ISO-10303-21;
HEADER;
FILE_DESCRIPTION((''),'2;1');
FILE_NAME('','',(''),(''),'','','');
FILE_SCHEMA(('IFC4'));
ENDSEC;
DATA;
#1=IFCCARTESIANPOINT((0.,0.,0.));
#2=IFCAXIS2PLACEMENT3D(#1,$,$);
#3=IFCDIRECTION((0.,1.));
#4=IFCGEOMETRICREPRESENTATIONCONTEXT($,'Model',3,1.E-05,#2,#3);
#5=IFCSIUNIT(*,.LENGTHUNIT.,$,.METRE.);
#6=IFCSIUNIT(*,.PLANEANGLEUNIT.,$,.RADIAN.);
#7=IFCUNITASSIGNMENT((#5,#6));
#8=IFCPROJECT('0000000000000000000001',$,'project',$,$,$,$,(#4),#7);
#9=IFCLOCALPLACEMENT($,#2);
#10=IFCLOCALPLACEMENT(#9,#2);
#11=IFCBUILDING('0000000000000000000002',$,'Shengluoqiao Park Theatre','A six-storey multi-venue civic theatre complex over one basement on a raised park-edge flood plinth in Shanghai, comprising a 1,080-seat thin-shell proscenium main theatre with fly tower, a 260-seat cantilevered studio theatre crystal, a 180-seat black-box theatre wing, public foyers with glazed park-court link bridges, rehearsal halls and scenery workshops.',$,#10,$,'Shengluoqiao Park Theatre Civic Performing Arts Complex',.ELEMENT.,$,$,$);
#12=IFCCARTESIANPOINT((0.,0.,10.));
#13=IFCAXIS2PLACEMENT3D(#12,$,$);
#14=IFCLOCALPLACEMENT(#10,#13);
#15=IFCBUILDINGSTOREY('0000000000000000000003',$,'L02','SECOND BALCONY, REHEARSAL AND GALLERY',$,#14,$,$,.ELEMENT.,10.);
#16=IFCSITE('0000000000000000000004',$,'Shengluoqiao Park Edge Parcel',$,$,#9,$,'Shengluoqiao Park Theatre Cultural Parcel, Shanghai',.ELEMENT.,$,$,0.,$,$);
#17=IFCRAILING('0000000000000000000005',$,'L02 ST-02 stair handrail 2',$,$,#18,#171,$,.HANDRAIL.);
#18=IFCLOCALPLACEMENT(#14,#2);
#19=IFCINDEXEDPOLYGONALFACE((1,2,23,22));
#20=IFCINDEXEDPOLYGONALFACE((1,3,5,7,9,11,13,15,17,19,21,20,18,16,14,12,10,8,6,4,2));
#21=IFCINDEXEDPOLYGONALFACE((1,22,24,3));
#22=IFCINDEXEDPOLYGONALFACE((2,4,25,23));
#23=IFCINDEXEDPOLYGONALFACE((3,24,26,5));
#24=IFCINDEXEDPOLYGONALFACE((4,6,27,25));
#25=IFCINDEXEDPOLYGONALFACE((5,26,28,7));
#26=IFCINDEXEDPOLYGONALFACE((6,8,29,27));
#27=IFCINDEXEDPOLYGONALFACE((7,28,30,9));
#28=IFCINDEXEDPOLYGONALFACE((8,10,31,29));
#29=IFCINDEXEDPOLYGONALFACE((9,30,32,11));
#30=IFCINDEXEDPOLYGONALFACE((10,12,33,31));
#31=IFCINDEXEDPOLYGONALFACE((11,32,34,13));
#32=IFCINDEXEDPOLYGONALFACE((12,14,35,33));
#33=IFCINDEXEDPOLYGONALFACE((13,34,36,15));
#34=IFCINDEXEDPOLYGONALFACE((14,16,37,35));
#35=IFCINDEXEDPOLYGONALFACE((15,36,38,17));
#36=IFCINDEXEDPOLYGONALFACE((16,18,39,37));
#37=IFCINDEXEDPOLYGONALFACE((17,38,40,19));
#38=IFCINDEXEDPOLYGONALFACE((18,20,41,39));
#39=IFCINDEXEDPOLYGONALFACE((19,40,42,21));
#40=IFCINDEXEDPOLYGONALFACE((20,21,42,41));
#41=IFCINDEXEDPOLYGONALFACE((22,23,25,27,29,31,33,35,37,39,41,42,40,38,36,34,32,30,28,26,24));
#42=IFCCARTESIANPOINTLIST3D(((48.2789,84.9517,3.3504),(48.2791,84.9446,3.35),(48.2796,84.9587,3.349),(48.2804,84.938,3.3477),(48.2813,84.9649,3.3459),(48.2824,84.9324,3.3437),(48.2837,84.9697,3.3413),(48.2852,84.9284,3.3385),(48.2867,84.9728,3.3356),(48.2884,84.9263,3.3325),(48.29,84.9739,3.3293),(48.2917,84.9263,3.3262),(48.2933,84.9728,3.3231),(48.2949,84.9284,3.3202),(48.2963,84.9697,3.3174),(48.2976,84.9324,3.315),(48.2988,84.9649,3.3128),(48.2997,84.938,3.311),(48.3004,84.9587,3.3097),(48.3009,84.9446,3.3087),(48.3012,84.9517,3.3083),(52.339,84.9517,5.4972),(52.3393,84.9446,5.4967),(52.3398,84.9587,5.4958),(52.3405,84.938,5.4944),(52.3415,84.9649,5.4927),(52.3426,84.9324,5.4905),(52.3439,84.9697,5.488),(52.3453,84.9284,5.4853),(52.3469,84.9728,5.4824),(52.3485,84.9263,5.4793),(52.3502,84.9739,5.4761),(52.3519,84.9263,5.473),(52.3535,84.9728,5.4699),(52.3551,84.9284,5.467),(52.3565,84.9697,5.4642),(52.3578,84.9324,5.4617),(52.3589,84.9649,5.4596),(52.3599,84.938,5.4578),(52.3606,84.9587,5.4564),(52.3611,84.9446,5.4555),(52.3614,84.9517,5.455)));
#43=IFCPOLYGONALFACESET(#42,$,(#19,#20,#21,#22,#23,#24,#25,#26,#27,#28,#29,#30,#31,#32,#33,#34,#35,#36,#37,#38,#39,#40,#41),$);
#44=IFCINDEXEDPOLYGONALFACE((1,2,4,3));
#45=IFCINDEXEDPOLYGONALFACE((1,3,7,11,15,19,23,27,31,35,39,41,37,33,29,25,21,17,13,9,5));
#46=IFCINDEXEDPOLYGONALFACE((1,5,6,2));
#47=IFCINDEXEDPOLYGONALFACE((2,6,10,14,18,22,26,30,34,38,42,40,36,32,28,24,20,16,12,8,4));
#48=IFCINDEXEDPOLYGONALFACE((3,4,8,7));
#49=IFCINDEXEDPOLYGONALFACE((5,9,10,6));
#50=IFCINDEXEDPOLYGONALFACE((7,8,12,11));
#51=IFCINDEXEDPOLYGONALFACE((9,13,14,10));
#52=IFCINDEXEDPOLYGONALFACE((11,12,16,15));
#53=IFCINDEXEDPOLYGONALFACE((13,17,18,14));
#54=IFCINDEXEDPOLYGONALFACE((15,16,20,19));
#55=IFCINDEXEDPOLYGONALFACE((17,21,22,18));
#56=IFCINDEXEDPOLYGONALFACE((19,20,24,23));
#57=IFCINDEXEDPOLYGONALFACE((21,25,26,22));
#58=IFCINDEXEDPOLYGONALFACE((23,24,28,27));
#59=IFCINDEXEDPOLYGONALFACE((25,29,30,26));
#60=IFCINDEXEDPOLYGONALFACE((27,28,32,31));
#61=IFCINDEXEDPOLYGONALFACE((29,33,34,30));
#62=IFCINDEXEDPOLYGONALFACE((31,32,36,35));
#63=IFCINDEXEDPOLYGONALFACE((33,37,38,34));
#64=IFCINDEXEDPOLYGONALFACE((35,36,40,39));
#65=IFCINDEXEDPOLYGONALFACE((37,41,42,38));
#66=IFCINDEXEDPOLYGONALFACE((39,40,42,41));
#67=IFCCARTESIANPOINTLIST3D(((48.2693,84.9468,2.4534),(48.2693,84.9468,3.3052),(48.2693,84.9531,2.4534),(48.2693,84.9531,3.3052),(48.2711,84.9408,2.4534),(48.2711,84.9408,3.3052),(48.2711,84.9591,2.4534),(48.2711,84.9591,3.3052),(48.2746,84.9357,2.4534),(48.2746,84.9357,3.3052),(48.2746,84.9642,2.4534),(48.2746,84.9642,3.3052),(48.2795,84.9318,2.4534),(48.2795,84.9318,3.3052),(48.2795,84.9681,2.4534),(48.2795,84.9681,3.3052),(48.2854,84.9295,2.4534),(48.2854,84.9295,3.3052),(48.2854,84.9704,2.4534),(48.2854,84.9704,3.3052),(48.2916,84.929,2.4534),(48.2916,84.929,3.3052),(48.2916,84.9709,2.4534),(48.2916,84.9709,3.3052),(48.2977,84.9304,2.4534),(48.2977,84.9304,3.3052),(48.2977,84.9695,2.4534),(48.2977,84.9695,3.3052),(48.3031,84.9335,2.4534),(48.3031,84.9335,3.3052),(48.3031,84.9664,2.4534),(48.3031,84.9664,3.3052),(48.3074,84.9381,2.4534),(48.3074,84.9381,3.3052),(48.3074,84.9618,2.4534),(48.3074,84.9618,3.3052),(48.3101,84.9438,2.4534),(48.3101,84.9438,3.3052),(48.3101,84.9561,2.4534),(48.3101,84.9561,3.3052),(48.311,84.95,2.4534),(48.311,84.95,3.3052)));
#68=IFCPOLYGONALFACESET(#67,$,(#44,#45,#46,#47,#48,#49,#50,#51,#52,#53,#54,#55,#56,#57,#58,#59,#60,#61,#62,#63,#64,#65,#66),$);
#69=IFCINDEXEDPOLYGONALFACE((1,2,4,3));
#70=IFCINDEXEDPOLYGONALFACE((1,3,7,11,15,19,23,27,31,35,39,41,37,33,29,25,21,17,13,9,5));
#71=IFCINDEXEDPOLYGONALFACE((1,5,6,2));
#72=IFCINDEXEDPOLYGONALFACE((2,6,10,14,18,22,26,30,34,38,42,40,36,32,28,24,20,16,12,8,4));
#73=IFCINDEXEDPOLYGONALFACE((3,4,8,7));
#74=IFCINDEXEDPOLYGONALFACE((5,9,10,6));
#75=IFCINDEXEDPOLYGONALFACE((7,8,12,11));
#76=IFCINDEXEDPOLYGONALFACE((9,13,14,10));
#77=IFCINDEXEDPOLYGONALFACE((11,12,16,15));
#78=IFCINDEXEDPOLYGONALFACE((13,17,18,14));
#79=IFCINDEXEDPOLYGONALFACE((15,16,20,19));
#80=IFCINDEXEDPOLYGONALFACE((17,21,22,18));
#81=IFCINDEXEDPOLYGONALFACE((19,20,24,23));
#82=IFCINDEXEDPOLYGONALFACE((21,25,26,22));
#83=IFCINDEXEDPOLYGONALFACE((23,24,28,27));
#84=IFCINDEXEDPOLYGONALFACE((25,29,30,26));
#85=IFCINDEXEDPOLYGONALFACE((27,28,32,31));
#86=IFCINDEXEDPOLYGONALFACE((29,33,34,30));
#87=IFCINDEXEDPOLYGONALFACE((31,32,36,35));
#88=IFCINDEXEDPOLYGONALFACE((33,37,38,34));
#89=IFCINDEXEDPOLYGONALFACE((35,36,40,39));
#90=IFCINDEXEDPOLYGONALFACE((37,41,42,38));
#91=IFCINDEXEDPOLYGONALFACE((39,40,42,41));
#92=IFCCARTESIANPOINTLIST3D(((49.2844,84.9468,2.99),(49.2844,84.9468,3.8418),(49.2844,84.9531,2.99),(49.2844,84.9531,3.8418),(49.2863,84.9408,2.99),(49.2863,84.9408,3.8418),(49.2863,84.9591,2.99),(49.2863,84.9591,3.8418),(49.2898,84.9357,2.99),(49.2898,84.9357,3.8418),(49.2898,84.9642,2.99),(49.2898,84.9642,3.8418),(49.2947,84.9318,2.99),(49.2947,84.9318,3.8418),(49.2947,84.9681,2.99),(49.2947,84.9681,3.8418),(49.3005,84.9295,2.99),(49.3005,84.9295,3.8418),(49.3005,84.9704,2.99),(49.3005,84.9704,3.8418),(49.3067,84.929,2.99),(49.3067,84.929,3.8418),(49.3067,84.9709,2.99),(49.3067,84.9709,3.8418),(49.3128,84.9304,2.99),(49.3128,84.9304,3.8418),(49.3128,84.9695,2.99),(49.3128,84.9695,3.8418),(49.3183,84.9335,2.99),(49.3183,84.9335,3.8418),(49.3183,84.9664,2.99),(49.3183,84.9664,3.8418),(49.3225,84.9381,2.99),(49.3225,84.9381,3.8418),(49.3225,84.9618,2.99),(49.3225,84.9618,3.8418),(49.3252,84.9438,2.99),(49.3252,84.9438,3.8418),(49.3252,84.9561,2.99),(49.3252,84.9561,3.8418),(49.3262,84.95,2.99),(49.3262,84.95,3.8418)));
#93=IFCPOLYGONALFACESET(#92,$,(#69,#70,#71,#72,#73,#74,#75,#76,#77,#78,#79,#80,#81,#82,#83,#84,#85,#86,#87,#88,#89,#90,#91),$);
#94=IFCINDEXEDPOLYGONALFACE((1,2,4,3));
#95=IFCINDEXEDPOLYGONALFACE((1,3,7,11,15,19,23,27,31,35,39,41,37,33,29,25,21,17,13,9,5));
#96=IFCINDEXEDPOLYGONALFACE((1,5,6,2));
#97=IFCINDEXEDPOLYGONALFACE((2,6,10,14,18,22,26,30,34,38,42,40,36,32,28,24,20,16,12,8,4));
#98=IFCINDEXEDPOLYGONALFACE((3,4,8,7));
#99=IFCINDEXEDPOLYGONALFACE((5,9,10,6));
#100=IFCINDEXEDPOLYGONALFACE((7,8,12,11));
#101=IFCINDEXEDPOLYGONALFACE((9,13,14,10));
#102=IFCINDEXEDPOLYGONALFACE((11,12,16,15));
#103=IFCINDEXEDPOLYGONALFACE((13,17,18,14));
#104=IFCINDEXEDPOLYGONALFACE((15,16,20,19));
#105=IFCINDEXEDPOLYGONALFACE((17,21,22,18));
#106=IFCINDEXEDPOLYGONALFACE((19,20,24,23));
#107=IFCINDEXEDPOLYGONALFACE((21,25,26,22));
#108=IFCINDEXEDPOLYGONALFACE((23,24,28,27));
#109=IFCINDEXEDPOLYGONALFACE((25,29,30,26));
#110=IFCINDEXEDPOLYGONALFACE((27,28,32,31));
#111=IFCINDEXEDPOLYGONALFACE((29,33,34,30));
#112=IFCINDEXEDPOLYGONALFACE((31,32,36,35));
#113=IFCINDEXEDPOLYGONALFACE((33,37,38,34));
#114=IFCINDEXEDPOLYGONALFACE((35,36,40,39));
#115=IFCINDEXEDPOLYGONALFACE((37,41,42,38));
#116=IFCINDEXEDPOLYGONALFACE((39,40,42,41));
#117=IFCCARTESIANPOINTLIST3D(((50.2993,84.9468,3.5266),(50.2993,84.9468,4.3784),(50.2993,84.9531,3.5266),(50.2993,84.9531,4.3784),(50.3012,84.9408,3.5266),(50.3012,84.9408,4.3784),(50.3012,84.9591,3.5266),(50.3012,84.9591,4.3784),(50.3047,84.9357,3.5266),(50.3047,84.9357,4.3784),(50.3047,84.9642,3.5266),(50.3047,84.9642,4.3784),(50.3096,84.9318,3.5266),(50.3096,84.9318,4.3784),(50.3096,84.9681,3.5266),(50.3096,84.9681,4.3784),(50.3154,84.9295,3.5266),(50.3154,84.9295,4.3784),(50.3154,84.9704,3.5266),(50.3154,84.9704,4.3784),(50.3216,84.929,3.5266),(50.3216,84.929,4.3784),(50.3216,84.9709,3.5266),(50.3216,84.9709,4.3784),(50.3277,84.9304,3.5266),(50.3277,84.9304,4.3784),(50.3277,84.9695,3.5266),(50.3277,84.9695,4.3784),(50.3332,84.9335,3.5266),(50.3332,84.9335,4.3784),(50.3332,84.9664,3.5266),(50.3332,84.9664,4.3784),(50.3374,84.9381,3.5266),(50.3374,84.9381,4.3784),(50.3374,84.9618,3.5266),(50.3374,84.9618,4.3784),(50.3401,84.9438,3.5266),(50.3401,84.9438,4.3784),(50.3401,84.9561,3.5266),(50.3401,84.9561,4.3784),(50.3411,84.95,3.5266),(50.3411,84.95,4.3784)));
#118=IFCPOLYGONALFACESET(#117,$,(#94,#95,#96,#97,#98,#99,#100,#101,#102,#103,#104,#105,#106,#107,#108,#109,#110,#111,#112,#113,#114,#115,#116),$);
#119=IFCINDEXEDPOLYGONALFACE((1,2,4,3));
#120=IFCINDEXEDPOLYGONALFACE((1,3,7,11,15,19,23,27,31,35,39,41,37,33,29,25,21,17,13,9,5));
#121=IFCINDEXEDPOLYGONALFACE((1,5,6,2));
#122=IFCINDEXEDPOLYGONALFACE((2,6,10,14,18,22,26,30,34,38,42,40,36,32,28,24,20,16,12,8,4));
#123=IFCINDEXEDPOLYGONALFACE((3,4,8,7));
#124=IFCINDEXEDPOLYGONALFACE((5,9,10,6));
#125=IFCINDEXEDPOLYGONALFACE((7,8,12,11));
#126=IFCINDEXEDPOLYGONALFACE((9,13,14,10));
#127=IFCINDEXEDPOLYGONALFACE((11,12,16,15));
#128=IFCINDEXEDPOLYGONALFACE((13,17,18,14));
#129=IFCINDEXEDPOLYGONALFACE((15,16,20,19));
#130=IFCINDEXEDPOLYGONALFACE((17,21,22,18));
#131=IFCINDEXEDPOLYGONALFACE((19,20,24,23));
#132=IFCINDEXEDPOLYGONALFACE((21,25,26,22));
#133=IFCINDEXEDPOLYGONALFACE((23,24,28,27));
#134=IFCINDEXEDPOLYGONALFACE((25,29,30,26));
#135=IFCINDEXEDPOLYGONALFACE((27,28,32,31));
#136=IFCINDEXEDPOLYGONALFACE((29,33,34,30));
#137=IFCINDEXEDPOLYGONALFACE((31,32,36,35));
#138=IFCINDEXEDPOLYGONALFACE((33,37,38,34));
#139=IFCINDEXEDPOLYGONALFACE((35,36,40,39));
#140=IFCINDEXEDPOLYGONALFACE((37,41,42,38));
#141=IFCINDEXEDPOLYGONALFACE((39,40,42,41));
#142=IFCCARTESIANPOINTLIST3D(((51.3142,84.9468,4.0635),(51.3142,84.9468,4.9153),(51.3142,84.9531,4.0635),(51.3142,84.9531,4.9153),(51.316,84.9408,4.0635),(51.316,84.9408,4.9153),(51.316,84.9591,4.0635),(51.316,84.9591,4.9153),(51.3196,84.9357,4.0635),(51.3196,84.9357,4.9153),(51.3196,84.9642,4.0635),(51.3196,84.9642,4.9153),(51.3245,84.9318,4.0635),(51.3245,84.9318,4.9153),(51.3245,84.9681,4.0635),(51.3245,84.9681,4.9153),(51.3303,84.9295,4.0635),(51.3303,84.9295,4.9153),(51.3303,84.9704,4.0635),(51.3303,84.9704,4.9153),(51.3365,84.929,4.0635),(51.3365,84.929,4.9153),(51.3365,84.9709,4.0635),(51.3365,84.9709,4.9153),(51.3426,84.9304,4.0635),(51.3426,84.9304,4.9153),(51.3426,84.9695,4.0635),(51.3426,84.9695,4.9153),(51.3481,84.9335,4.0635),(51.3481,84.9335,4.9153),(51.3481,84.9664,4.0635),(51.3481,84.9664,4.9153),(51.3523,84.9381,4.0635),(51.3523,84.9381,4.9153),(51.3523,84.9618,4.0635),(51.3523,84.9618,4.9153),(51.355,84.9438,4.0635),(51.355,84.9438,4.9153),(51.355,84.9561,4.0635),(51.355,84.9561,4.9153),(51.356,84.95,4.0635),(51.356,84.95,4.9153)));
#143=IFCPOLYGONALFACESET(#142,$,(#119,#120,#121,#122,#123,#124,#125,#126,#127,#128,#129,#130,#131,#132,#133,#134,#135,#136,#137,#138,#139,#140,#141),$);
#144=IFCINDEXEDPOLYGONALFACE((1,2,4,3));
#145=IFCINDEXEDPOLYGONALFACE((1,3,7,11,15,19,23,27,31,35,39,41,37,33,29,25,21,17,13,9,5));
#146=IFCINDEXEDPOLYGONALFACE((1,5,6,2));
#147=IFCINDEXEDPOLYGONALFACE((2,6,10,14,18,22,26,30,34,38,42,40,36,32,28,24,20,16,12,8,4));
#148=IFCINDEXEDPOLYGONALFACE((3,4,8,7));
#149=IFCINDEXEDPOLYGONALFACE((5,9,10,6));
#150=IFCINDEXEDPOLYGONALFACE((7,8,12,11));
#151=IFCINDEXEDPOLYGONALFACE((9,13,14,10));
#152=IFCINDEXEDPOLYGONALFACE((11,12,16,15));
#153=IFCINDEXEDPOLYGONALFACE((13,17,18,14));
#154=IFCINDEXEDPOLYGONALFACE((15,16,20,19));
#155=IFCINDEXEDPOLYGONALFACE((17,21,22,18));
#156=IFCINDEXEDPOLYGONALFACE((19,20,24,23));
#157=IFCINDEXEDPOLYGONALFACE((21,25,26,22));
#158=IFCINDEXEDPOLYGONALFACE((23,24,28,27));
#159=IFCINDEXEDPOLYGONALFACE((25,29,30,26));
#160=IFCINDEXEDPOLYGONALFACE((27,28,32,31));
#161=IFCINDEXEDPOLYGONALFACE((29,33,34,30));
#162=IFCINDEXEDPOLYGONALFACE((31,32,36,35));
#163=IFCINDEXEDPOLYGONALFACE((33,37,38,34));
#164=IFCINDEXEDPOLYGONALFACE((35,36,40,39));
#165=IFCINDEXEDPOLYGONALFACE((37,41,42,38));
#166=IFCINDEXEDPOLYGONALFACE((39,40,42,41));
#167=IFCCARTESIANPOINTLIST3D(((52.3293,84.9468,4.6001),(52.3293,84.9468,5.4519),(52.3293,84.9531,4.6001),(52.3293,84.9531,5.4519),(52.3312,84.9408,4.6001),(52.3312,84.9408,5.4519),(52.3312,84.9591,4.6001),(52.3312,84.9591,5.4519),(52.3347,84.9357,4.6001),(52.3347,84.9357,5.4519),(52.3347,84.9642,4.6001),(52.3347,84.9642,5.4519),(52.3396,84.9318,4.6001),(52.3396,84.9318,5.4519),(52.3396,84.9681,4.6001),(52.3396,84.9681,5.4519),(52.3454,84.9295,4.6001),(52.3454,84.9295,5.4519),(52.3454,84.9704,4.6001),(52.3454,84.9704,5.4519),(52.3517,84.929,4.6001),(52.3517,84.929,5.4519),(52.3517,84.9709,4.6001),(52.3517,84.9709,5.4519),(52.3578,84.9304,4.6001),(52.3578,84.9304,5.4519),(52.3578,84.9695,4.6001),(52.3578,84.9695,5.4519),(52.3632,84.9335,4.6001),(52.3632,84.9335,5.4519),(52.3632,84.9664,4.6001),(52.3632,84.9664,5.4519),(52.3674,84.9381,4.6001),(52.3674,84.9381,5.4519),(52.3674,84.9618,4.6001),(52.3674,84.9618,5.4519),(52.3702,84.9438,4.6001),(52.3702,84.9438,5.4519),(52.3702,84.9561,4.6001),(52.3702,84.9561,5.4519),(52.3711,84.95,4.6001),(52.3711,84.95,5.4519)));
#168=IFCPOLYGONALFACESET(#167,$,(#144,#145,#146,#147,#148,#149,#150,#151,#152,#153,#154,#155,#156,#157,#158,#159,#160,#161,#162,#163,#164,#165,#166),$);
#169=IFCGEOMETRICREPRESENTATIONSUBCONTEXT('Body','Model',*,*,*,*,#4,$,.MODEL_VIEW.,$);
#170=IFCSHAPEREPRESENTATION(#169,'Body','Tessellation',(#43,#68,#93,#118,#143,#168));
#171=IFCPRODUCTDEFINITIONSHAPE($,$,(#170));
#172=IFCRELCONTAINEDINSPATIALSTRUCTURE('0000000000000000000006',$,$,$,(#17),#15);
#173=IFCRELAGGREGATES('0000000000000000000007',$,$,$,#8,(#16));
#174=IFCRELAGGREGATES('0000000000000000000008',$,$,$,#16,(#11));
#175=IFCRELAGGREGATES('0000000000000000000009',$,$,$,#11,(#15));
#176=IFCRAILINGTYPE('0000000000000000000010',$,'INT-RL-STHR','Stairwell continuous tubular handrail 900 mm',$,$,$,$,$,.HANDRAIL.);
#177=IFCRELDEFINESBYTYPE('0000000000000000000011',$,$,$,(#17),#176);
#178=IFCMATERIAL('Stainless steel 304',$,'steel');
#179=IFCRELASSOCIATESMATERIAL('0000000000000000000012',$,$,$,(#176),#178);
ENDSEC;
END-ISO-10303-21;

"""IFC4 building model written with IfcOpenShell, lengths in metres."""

from ifc_helpers import new_model, si_unit, direction, frame, origin, origin_2d, place, context, subcontext, project, spatial, circle, extrude, material, type_object, element, save


model = new_model("IFC4")

# Units and contexts
model_context = context("Model", 3, precision=1e-05, world=origin(), true_north=direction((0.0, 1.0)))
body_context = subcontext(model_context, "Body", "Model", "MODEL_VIEW")
ifc_project = project(units=[si_unit("LENGTHUNIT", "METRE"), si_unit("PLANEANGLEUNIT", "RADIAN")], contexts=[model_context])

# Site, building, storey
site_placement = place(None, origin())
site = spatial("IfcSite", under=ifc_project, at=site_placement, Name="Shengluoqiao Park Edge Parcel", LongName="Shengluoqiao Park Theatre Cultural Parcel, Shanghai", CompositionType="ELEMENT", RefElevation=0.0)
building_placement = place(site_placement, origin())
building = spatial("IfcBuilding", under=site, at=building_placement, Name="Shengluoqiao Park Theatre", Description="A six-storey multi-venue civic theatre complex over one basement on a raised park-edge flood plinth in Shanghai, comprising a 1,080-seat thin-shell proscenium main theatre with fly tower, a 260-seat cantilevered studio theatre crystal, a 180-seat black-box theatre wing, public foyers with glazed park-court link bridges, rehearsal halls and scenery workshops.", LongName="Shengluoqiao Park Theatre Civic Performing Arts Complex", CompositionType="ELEMENT")
storey_placement = place(building_placement, frame((0.0, 0.0, 10.0)))
storey = spatial("IfcBuildingStorey", under=building, at=storey_placement, Name="L02", Description="SECOND BALCONY, REHEARSAL AND GALLERY", CompositionType="ELEMENT", Elevation=10.0)

# Railing
ifc_material_1 = material(Name="Stainless steel 304", Category="steel")
railing_type_1 = type_object("IfcRailingType", Name="INT-RL-STHR", Description="Stairwell continuous tubular handrail 900 mm", PredefinedType="HANDRAIL", material=ifc_material_1)
railing_1_placement = place(storey_placement, frame((48.29, 84.95, 2.4534)))
element("IfcRailing", 1, at=railing_1_placement, inside=storey, type_object=railing_type_1, Name="L02 ST-02 stair handrail 2", PredefinedType="HANDRAIL", context=body_context, shape_type="SweptSolid", body=[
    extrude(circle(Radius=0.0239, at=origin_2d()), frame((0.0, 0.0, 0.876), z_axis=(0.884032, 0.0, 0.467426), x_axis=(0.0, 1.0, 0.0)), (0.0, 0.0, 1.0), 4.5928),
    extrude(circle(Radius=0.021, at=origin_2d()), origin(), (0.0, 0.0, 1.0), 0.8518),
    extrude(circle(Radius=0.021, at=origin_2d()), frame((1.0151, 0.0, 0.5366)), (0.0, 0.0, 1.0), 0.8518),
    extrude(circle(Radius=0.021, at=origin_2d()), frame((2.03, 0.0, 1.0732)), (0.0, 0.0, 1.0), 0.8518),
    extrude(circle(Radius=0.021, at=origin_2d()), frame((3.0449, 0.0, 1.6101)), (0.0, 0.0, 1.0), 0.8518),
    extrude(circle(Radius=0.021, at=origin_2d()), frame((4.0601, 0.0, 2.1467)), (0.0, 0.0, 1.0), 0.8518),
])

save(model, "model.ifc")
